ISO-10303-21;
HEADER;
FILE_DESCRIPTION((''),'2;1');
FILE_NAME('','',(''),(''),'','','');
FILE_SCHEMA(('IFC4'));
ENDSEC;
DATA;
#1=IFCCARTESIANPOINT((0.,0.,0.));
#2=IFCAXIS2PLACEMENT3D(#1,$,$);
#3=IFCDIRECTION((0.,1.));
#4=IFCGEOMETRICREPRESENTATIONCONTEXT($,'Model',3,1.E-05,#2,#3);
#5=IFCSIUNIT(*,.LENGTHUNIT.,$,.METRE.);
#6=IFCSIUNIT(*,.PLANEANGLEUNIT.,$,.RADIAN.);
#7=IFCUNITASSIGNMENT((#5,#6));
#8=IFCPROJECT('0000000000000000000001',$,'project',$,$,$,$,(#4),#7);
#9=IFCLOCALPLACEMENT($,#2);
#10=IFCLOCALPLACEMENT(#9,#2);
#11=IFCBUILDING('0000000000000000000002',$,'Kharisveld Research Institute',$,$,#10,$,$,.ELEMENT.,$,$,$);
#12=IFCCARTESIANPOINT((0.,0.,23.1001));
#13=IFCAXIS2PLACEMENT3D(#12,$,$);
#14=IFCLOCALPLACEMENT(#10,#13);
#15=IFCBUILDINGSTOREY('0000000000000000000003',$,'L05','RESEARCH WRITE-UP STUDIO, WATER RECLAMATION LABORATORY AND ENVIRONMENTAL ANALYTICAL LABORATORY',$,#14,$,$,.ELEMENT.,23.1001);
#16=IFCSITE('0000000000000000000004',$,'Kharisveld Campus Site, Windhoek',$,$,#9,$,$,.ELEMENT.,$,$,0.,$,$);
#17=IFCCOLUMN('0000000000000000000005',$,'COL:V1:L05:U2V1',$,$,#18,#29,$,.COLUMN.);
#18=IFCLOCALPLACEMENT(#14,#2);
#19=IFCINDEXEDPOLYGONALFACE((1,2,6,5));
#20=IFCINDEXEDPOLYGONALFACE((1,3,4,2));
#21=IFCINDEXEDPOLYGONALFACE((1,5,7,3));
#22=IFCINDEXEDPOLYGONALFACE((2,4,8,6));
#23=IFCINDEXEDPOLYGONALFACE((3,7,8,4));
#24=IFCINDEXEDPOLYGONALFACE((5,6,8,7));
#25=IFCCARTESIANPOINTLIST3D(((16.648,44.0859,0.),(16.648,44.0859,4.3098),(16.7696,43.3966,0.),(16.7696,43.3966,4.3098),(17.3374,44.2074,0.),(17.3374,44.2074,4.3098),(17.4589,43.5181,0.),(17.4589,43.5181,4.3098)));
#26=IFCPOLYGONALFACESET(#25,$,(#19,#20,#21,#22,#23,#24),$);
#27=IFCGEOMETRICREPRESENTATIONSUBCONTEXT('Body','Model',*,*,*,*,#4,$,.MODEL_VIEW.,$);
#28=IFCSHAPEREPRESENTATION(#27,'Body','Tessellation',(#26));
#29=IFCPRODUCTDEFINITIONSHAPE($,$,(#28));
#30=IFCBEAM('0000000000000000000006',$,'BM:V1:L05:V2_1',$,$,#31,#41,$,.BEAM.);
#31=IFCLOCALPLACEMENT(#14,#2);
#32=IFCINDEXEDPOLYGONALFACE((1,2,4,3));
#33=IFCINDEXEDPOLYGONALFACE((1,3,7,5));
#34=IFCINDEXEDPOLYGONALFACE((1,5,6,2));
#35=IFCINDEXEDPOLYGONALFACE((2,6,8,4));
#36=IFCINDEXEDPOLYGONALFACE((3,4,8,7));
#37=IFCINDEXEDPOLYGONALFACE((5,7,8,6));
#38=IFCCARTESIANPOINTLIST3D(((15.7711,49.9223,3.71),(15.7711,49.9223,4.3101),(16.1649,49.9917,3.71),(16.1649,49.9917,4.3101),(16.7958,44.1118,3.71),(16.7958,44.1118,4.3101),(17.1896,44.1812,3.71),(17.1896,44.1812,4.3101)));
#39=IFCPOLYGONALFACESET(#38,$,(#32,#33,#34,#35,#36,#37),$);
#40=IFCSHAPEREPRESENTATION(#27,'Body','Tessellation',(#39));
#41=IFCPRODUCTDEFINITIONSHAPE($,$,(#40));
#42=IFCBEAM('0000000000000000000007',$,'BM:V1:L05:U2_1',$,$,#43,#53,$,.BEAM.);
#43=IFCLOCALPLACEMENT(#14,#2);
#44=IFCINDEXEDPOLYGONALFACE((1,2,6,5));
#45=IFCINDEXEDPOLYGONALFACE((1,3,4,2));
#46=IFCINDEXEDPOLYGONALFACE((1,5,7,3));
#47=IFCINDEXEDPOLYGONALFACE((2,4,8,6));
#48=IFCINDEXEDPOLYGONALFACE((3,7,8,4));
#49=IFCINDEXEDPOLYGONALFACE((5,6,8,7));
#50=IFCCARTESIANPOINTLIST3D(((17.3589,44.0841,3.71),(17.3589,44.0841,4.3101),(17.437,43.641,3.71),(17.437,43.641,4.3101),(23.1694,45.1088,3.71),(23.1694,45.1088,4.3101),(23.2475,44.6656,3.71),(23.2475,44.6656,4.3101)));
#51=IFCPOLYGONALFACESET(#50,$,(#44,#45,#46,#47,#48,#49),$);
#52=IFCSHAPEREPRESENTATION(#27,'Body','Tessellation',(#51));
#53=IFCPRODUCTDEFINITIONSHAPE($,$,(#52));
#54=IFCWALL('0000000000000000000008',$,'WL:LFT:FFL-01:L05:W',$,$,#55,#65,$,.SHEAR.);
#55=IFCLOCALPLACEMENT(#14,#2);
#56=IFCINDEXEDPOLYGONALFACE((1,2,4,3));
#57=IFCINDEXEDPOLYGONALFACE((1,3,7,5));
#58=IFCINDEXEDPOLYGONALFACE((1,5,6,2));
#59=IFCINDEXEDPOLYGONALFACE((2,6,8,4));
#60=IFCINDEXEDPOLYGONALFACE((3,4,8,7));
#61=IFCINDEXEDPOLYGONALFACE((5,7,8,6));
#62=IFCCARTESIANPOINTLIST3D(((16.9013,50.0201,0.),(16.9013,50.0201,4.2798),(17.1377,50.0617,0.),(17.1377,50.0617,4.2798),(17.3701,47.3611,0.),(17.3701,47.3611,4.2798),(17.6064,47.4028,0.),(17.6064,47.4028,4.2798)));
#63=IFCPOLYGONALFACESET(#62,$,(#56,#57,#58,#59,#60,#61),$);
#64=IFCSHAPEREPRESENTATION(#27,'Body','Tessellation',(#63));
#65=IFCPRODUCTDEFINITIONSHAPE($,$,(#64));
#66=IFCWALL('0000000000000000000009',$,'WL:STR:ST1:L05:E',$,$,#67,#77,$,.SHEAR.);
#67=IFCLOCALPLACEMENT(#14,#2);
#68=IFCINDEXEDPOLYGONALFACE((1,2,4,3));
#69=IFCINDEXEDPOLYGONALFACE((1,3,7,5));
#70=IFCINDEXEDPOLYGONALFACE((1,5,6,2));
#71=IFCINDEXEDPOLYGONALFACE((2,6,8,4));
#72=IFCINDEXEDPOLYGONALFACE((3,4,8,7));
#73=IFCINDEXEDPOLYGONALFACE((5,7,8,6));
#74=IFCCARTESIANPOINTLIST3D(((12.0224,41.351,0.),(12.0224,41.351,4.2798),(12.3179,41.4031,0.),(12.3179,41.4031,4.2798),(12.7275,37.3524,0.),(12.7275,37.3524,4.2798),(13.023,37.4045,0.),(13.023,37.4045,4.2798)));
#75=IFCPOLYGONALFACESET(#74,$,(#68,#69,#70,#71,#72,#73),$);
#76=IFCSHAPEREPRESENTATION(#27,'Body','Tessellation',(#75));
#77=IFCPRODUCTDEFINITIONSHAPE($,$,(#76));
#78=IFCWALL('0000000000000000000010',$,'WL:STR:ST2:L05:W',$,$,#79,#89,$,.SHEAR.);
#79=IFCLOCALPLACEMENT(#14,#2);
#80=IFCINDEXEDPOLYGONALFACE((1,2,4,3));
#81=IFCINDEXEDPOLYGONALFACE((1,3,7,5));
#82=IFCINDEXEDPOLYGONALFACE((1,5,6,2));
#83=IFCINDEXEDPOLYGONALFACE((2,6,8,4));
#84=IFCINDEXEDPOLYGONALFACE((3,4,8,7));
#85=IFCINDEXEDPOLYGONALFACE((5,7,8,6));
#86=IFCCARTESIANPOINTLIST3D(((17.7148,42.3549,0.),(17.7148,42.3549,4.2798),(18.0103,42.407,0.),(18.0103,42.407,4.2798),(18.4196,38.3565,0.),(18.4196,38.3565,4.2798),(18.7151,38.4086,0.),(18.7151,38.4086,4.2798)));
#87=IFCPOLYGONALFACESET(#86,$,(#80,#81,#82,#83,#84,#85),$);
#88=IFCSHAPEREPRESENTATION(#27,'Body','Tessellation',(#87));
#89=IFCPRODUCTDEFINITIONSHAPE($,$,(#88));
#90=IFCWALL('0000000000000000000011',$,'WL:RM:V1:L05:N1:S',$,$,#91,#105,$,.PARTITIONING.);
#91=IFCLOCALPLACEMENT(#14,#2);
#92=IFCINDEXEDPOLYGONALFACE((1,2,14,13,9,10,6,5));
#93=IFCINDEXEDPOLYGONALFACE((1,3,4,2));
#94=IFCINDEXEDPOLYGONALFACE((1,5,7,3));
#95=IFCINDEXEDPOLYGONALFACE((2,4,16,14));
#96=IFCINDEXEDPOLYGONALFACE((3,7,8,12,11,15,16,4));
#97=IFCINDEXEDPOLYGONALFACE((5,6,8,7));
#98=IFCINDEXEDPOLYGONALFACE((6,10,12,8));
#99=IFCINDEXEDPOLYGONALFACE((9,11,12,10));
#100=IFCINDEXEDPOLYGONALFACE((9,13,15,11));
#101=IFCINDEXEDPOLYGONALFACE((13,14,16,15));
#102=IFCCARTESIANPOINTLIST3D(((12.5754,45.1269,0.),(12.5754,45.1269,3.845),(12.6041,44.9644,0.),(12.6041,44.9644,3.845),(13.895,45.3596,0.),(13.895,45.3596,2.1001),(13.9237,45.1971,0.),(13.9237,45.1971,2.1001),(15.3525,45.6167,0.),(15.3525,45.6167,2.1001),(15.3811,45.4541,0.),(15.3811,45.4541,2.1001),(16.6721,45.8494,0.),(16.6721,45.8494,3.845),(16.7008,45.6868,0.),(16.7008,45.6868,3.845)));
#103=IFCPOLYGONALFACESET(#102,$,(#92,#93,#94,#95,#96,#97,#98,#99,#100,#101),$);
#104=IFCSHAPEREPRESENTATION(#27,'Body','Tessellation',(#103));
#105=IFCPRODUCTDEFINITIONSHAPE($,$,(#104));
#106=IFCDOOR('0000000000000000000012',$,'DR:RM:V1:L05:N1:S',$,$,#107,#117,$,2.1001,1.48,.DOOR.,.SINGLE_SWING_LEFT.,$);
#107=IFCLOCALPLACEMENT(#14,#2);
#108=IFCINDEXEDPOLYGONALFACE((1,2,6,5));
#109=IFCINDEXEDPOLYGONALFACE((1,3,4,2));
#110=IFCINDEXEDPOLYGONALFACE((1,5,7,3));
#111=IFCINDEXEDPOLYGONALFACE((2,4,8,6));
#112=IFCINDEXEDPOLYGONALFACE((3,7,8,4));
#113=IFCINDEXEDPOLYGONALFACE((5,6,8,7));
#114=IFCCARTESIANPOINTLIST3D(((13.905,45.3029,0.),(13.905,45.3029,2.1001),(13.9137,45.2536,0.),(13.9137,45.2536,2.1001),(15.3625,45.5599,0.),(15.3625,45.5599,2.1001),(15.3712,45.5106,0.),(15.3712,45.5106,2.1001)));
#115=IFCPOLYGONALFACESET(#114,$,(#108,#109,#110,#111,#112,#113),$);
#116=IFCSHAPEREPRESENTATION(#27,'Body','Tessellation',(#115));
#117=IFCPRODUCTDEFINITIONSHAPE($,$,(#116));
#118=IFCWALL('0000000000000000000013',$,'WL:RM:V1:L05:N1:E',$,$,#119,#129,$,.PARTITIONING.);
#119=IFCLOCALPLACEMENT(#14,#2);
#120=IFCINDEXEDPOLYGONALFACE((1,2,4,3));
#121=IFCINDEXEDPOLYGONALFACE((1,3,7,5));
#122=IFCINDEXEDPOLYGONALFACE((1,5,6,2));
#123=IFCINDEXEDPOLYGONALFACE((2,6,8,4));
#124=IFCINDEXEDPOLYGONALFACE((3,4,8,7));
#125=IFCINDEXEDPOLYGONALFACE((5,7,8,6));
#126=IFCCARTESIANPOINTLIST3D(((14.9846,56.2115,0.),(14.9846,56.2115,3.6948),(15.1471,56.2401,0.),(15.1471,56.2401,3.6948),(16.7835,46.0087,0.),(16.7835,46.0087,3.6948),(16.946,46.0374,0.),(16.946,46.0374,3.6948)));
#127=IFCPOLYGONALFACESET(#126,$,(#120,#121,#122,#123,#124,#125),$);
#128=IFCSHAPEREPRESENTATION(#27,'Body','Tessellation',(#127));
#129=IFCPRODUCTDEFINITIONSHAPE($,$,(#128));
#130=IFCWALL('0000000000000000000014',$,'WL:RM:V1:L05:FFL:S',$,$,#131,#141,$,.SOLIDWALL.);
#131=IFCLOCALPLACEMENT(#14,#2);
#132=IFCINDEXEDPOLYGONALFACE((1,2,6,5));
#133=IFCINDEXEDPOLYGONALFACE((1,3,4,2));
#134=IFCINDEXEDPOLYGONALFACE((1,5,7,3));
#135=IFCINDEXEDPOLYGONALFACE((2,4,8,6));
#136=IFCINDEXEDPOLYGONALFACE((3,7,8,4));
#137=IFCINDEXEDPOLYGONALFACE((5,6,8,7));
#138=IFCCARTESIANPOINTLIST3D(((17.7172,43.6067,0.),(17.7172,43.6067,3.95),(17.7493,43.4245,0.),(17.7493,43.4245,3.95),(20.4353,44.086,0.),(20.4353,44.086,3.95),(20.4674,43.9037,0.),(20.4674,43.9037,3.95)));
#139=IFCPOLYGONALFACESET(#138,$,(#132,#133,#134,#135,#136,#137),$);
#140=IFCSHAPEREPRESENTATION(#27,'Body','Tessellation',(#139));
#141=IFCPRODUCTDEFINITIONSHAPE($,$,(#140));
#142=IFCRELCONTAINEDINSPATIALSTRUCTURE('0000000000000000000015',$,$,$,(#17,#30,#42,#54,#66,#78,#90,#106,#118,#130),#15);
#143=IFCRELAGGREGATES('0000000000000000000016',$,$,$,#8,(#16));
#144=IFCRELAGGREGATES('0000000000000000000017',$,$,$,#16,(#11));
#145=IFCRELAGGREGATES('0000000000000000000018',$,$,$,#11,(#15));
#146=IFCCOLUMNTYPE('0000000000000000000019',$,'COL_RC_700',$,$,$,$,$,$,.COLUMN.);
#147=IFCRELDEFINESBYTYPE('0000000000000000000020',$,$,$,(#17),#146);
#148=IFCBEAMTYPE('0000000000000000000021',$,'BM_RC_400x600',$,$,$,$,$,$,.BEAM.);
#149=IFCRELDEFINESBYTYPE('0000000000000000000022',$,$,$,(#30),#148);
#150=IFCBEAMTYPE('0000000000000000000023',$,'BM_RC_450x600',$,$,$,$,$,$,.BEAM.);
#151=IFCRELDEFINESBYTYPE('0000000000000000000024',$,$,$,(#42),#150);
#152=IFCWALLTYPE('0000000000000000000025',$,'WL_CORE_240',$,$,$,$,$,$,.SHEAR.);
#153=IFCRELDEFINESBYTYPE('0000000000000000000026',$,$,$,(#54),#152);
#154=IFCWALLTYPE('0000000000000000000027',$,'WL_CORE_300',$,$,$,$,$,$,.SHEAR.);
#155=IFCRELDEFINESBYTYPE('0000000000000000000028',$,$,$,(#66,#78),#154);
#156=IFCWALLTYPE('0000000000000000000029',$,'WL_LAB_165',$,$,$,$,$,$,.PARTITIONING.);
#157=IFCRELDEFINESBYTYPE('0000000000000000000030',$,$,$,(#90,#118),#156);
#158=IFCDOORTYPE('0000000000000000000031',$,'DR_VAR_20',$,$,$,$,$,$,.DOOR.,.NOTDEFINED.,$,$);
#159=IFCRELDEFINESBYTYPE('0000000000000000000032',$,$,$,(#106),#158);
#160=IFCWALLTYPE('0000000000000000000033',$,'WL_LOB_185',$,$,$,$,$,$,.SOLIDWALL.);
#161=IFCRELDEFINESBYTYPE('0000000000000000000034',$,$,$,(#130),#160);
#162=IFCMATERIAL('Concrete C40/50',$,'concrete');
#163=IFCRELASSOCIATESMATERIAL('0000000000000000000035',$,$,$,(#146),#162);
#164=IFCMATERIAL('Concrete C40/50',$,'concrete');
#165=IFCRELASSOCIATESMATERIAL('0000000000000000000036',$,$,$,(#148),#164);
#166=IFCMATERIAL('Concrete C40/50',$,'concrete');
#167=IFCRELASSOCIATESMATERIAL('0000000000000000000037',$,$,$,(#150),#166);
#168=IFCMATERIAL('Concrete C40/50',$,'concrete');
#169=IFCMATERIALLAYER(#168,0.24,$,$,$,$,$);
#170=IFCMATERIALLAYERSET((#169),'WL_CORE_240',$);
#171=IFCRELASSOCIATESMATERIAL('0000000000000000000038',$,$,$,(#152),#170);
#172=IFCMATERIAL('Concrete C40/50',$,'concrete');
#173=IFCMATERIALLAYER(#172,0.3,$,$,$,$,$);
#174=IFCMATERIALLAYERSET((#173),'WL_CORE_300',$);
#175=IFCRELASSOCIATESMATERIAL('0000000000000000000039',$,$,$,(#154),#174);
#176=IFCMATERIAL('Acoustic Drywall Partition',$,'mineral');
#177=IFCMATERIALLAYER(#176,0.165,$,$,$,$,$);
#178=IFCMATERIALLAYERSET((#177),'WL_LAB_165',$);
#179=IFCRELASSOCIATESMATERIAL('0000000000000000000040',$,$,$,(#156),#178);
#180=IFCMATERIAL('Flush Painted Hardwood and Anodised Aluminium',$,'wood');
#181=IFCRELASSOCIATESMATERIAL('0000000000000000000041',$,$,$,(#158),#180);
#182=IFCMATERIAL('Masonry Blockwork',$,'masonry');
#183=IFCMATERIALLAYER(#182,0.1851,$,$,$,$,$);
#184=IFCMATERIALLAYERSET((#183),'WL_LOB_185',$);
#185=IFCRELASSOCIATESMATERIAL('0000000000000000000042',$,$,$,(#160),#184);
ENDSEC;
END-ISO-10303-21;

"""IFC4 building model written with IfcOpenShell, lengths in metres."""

from ifc_helpers import new_model, si_unit, direction, frame, frame_2d, origin, origin_2d, place, context, subcontext, project, spatial, rectangle, extrude, material, layer, layer_set, material_profile, profile_set, type_object, element, fill, save


model = new_model("IFC4")

# Units and contexts
model_context = context("Model", 3, precision=1e-05, world=origin(), true_north=direction((0.0, 1.0)))
body_context = subcontext(model_context, "Body", "Model", "MODEL_VIEW")
ifc_project = project(units=[si_unit("LENGTHUNIT", "METRE"), si_unit("PLANEANGLEUNIT", "RADIAN")], contexts=[model_context])

# Site, building, storey
site_placement = place(None, origin())
site = spatial("IfcSite", under=ifc_project, at=site_placement, Name="Kharisveld Campus Site, Windhoek", CompositionType="ELEMENT", RefElevation=0.0)
building_placement = place(site_placement, origin())
building = spatial("IfcBuilding", under=site, at=building_placement, Name="Kharisveld Research Institute", CompositionType="ELEMENT")
storey_placement = place(building_placement, frame((0.0, 0.0, 23.1001)))
storey = spatial("IfcBuildingStorey", under=building, at=storey_placement, Name="L05", Description="RESEARCH WRITE-UP STUDIO, WATER RECLAMATION LABORATORY AND ENVIRONMENTAL ANALYTICAL LABORATORY", CompositionType="ELEMENT", Elevation=23.1001)

# Column
ifc_material_1 = material(Name="Concrete C40/50", Category="concrete")
ifc_material_profile_1 = material_profile(ifc_material_1, rectangle(XDim=0.7, YDim=0.7, at=origin_2d()))
ifc_profile_set_1 = profile_set([ifc_material_profile_1], Name="Concrete C40/50")
column_type = type_object("IfcColumnType", Name="COL_RC_700", PredefinedType="COLUMN", material=ifc_profile_set_1)
column_placement = place(storey_placement, frame((17.0535, 43.802, 0.0), z_axis=(0.0, 0.0, 1.0), x_axis=(0.984808, 0.173648, 0.0)))
element("IfcColumn", 1, at=column_placement, inside=storey, type_object=column_type, Name="COL:V1:L05:U2V1", PredefinedType="COLUMN", context=body_context, shape_type="SweptSolid", body=[
    extrude(rectangle(XDim=0.7, YDim=0.7, at=origin_2d()), origin(), (0.0, 0.0, 1.0), 4.3098),
])

# Beams
ifc_material_2 = material(Name="Concrete C40/50", Category="concrete")
ifc_material_profile_2 = material_profile(ifc_material_2, rectangle(XDim=0.3999, YDim=0.6001, at=origin_2d()))
ifc_profile_set_2 = profile_set([ifc_material_profile_2], Name="Concrete C40/50")
beam_type_1 = type_object("IfcBeamType", Name="BM_RC_400x600", PredefinedType="BEAM", material=ifc_profile_set_2)
beam_1_placement = place(storey_placement, frame((16.9927, 44.1465, 4.01), z_axis=(-0.173665, 0.984805, 0.0), x_axis=(-0.984805, -0.173665, 0.0)))
element("IfcBeam", 2, at=beam_1_placement, inside=storey, type_object=beam_type_1, Name="BM:V1:L05:V2_1", PredefinedType="BEAM", context=body_context, shape_type="SweptSolid", body=[
    extrude(rectangle(XDim=0.3999, YDim=0.6001, at=origin_2d()), origin(), (0.0, 0.0, 1.0), 5.9001),
])
ifc_material_3 = material(Name="Concrete C40/50", Category="concrete")
ifc_material_profile_3 = material_profile(ifc_material_3, rectangle(XDim=0.45, YDim=0.6001, at=origin_2d()))
ifc_profile_set_3 = profile_set([ifc_material_profile_3], Name="Concrete C40/50")
beam_type_2 = type_object("IfcBeamType", Name="BM_RC_450x600", PredefinedType="BEAM", material=ifc_profile_set_3)
beam_2_placement = place(storey_placement, frame((17.3979, 43.8625, 4.01), z_axis=(0.984805, 0.173665, 0.0), x_axis=(-0.173665, 0.984805, 0.0)))
element("IfcBeam", 3, at=beam_2_placement, inside=storey, type_object=beam_type_2, Name="BM:V1:L05:U2_1", PredefinedType="BEAM", context=body_context, shape_type="SweptSolid", body=[
    extrude(rectangle(XDim=0.45, YDim=0.6001, at=origin_2d()), origin(), (0.0, 0.0, 1.0), 5.9001),
])

# Wall
ifc_material_4 = material(Name="Concrete C40/50", Category="concrete")
ifc_layer_1 = layer(ifc_material_4, 0.24)
ifc_layer_set_1 = layer_set([ifc_layer_1], Name="WL_CORE_240")
wall_type_1 = type_object("IfcWallType", Name="WL_CORE_240", PredefinedType="SHEAR", material=ifc_layer_set_1)
wall_1_placement = place(storey_placement, frame((17.4883, 47.3818, 0.0), z_axis=(0.0, 0.0, 1.0), x_axis=(-0.173615, 0.984814, 0.0)))
element("IfcWall", 4, at=wall_1_placement, inside=storey, type_object=wall_type_1, Name="WL:LFT:FFL-01:L05:W", PredefinedType="SHEAR", context=body_context, shape_type="SweptSolid", body=[
    extrude(rectangle(XDim=2.7, YDim=0.24, at=frame_2d((1.3501, 0.0))), origin(), (0.0, 0.0, 1.0), 4.2798),
])

# Walls
ifc_material_5 = material(Name="Concrete C40/50", Category="concrete")
ifc_layer_2 = layer(ifc_material_5, 0.3)
ifc_layer_set_2 = layer_set([ifc_layer_2], Name="WL_CORE_300")
wall_type_2 = type_object("IfcWallType", Name="WL_CORE_300", PredefinedType="SHEAR", material=ifc_layer_set_2)
wall_2_placement = place(storey_placement, frame((12.1702, 41.3772, 0.0), z_axis=(0.0, 0.0, 1.0), x_axis=(0.173655, -0.984807, 0.0)))
element("IfcWall", 5, at=wall_2_placement, inside=storey, type_object=wall_type_2, Name="WL:STR:ST1:L05:E", PredefinedType="SHEAR", context=body_context, shape_type="SweptSolid", body=[
    extrude(rectangle(XDim=4.0603, YDim=0.3, at=frame_2d((2.0303, 0.0))), origin(), (0.0, 0.0, 1.0), 4.2798),
])
wall_3_placement = place(storey_placement, frame((18.5674, 38.3826, 0.0), z_axis=(0.0, 0.0, 1.0), x_axis=(-0.173607, 0.984815, 0.0)))
element("IfcWall", 6, at=wall_3_placement, inside=storey, type_object=wall_type_2, Name="WL:STR:ST2:L05:W", PredefinedType="SHEAR", context=body_context, shape_type="SweptSolid", body=[
    extrude(rectangle(XDim=4.0601, YDim=0.3, at=frame_2d((2.03, 0.0))), origin(), (0.0, 0.0, 1.0), 4.2798),
])

# Wall, opening, door
ifc_material_6 = material(Name="Acoustic Drywall Partition", Category="mineral")
ifc_layer_3 = layer(ifc_material_6, 0.165)
ifc_layer_set_3 = layer_set([ifc_layer_3], Name="WL_LAB_165")
wall_type_3 = type_object("IfcWallType", Name="WL_LAB_165", PredefinedType="PARTITIONING", material=ifc_layer_set_3)
wall_4_placement = place(storey_placement, frame((12.5896, 45.0457, 0.0), z_axis=(0.0, 0.0, 1.0), x_axis=(0.984805, 0.173661, 0.0)))
wall_4 = element("IfcWall", 7, at=wall_4_placement, inside=storey, type_object=wall_type_3, Name="WL:RM:V1:L05:N1:S", PredefinedType="PARTITIONING", context=body_context, shape_type="SweptSolid", body=[
    extrude(rectangle(XDim=4.1599, YDim=0.165, at=frame_2d((2.0801, 0.0))), origin(), (0.0, 0.0, 1.0), 3.845),
])
opening_1_placement = place(wall_4_placement, frame((1.3401, 0.0, 0.0)))
opening_1 = element("IfcOpeningElement", 8, at=opening_1_placement, cuts=wall_4, PredefinedType="OPENING", context=body_context, shape_type="SweptSolid", body=[
    extrude(rectangle(XDim=1.48, YDim=2.1001, at=frame_2d((0.74, 1.05))), frame((0.0, 0.0825, 0.0), z_axis=(0.0, -1.0, 0.0), x_axis=(1.0, 0.0, 0.0)), (0.0, 0.0, 1.0), 0.165),
])
ifc_material_7 = material(Name="Flush Painted Hardwood and Anodised Aluminium", Category="wood")
door_type_1 = type_object("IfcDoorType", Name="DR_VAR_20", OperationType="NOTDEFINED", PredefinedType="DOOR", material=ifc_material_7)
door_1_placement = place(opening_1_placement, origin())
door_1 = element("IfcDoor", 9, at=door_1_placement, inside=storey, type_object=door_type_1, Name="DR:RM:V1:L05:N1:S", OperationType="SINGLE_SWING_LEFT", OverallHeight=2.1001, OverallWidth=1.48, PredefinedType="DOOR", context=body_context, shape_type="SweptSolid", body=[
    extrude(rectangle(XDim=1.48, YDim=2.1001, at=frame_2d((0.74, 1.05))), frame((0.0, 0.0249, 0.0), z_axis=(0.0, -1.0, 0.0), x_axis=(1.0, 0.0, 0.0)), (0.0, 0.0, 1.0), 0.05),
])
fill(opening_1, door_1)

# Walls
wall_5_placement = place(storey_placement, frame((16.8647, 46.0229, 0.0), z_axis=(0.0, 0.0, 1.0), x_axis=(-0.173632, 0.984811, 0.0)))
element("IfcWall", 10, at=wall_5_placement, inside=storey, type_object=wall_type_3, Name="WL:RM:V1:L05:N1:E", PredefinedType="PARTITIONING", context=body_context, shape_type="SweptSolid", body=[
    extrude(rectangle(XDim=10.3601, YDim=0.165, at=frame_2d((5.1802, 0.0))), origin(), (0.0, 0.0, 1.0), 3.6948),
])
ifc_material_8 = material(Name="Masonry Blockwork", Category="masonry")
ifc_layer_4 = layer(ifc_material_8, 0.1851)
ifc_layer_set_4 = layer_set([ifc_layer_4], Name="WL_LOB_185")
wall_type_4 = type_object("IfcWallType", Name="WL_LOB_185", PredefinedType="SOLIDWALL", material=ifc_layer_set_4)
wall_6_placement = place(storey_placement, frame((17.7334, 43.5156, 0.0), z_axis=(0.0, 0.0, 1.0), x_axis=(0.984808, 0.173644, 0.0)))
element("IfcWall", 11, at=wall_6_placement, inside=storey, type_object=wall_type_4, Name="WL:RM:V1:L05:FFL:S", PredefinedType="SOLIDWALL", context=body_context, shape_type="SweptSolid", body=[
    extrude(rectangle(XDim=2.76, YDim=0.1851, at=frame_2d((1.3799, 0.0))), origin(), (0.0, 0.0, 1.0), 3.95),
])

save(model, "model.ifc")
